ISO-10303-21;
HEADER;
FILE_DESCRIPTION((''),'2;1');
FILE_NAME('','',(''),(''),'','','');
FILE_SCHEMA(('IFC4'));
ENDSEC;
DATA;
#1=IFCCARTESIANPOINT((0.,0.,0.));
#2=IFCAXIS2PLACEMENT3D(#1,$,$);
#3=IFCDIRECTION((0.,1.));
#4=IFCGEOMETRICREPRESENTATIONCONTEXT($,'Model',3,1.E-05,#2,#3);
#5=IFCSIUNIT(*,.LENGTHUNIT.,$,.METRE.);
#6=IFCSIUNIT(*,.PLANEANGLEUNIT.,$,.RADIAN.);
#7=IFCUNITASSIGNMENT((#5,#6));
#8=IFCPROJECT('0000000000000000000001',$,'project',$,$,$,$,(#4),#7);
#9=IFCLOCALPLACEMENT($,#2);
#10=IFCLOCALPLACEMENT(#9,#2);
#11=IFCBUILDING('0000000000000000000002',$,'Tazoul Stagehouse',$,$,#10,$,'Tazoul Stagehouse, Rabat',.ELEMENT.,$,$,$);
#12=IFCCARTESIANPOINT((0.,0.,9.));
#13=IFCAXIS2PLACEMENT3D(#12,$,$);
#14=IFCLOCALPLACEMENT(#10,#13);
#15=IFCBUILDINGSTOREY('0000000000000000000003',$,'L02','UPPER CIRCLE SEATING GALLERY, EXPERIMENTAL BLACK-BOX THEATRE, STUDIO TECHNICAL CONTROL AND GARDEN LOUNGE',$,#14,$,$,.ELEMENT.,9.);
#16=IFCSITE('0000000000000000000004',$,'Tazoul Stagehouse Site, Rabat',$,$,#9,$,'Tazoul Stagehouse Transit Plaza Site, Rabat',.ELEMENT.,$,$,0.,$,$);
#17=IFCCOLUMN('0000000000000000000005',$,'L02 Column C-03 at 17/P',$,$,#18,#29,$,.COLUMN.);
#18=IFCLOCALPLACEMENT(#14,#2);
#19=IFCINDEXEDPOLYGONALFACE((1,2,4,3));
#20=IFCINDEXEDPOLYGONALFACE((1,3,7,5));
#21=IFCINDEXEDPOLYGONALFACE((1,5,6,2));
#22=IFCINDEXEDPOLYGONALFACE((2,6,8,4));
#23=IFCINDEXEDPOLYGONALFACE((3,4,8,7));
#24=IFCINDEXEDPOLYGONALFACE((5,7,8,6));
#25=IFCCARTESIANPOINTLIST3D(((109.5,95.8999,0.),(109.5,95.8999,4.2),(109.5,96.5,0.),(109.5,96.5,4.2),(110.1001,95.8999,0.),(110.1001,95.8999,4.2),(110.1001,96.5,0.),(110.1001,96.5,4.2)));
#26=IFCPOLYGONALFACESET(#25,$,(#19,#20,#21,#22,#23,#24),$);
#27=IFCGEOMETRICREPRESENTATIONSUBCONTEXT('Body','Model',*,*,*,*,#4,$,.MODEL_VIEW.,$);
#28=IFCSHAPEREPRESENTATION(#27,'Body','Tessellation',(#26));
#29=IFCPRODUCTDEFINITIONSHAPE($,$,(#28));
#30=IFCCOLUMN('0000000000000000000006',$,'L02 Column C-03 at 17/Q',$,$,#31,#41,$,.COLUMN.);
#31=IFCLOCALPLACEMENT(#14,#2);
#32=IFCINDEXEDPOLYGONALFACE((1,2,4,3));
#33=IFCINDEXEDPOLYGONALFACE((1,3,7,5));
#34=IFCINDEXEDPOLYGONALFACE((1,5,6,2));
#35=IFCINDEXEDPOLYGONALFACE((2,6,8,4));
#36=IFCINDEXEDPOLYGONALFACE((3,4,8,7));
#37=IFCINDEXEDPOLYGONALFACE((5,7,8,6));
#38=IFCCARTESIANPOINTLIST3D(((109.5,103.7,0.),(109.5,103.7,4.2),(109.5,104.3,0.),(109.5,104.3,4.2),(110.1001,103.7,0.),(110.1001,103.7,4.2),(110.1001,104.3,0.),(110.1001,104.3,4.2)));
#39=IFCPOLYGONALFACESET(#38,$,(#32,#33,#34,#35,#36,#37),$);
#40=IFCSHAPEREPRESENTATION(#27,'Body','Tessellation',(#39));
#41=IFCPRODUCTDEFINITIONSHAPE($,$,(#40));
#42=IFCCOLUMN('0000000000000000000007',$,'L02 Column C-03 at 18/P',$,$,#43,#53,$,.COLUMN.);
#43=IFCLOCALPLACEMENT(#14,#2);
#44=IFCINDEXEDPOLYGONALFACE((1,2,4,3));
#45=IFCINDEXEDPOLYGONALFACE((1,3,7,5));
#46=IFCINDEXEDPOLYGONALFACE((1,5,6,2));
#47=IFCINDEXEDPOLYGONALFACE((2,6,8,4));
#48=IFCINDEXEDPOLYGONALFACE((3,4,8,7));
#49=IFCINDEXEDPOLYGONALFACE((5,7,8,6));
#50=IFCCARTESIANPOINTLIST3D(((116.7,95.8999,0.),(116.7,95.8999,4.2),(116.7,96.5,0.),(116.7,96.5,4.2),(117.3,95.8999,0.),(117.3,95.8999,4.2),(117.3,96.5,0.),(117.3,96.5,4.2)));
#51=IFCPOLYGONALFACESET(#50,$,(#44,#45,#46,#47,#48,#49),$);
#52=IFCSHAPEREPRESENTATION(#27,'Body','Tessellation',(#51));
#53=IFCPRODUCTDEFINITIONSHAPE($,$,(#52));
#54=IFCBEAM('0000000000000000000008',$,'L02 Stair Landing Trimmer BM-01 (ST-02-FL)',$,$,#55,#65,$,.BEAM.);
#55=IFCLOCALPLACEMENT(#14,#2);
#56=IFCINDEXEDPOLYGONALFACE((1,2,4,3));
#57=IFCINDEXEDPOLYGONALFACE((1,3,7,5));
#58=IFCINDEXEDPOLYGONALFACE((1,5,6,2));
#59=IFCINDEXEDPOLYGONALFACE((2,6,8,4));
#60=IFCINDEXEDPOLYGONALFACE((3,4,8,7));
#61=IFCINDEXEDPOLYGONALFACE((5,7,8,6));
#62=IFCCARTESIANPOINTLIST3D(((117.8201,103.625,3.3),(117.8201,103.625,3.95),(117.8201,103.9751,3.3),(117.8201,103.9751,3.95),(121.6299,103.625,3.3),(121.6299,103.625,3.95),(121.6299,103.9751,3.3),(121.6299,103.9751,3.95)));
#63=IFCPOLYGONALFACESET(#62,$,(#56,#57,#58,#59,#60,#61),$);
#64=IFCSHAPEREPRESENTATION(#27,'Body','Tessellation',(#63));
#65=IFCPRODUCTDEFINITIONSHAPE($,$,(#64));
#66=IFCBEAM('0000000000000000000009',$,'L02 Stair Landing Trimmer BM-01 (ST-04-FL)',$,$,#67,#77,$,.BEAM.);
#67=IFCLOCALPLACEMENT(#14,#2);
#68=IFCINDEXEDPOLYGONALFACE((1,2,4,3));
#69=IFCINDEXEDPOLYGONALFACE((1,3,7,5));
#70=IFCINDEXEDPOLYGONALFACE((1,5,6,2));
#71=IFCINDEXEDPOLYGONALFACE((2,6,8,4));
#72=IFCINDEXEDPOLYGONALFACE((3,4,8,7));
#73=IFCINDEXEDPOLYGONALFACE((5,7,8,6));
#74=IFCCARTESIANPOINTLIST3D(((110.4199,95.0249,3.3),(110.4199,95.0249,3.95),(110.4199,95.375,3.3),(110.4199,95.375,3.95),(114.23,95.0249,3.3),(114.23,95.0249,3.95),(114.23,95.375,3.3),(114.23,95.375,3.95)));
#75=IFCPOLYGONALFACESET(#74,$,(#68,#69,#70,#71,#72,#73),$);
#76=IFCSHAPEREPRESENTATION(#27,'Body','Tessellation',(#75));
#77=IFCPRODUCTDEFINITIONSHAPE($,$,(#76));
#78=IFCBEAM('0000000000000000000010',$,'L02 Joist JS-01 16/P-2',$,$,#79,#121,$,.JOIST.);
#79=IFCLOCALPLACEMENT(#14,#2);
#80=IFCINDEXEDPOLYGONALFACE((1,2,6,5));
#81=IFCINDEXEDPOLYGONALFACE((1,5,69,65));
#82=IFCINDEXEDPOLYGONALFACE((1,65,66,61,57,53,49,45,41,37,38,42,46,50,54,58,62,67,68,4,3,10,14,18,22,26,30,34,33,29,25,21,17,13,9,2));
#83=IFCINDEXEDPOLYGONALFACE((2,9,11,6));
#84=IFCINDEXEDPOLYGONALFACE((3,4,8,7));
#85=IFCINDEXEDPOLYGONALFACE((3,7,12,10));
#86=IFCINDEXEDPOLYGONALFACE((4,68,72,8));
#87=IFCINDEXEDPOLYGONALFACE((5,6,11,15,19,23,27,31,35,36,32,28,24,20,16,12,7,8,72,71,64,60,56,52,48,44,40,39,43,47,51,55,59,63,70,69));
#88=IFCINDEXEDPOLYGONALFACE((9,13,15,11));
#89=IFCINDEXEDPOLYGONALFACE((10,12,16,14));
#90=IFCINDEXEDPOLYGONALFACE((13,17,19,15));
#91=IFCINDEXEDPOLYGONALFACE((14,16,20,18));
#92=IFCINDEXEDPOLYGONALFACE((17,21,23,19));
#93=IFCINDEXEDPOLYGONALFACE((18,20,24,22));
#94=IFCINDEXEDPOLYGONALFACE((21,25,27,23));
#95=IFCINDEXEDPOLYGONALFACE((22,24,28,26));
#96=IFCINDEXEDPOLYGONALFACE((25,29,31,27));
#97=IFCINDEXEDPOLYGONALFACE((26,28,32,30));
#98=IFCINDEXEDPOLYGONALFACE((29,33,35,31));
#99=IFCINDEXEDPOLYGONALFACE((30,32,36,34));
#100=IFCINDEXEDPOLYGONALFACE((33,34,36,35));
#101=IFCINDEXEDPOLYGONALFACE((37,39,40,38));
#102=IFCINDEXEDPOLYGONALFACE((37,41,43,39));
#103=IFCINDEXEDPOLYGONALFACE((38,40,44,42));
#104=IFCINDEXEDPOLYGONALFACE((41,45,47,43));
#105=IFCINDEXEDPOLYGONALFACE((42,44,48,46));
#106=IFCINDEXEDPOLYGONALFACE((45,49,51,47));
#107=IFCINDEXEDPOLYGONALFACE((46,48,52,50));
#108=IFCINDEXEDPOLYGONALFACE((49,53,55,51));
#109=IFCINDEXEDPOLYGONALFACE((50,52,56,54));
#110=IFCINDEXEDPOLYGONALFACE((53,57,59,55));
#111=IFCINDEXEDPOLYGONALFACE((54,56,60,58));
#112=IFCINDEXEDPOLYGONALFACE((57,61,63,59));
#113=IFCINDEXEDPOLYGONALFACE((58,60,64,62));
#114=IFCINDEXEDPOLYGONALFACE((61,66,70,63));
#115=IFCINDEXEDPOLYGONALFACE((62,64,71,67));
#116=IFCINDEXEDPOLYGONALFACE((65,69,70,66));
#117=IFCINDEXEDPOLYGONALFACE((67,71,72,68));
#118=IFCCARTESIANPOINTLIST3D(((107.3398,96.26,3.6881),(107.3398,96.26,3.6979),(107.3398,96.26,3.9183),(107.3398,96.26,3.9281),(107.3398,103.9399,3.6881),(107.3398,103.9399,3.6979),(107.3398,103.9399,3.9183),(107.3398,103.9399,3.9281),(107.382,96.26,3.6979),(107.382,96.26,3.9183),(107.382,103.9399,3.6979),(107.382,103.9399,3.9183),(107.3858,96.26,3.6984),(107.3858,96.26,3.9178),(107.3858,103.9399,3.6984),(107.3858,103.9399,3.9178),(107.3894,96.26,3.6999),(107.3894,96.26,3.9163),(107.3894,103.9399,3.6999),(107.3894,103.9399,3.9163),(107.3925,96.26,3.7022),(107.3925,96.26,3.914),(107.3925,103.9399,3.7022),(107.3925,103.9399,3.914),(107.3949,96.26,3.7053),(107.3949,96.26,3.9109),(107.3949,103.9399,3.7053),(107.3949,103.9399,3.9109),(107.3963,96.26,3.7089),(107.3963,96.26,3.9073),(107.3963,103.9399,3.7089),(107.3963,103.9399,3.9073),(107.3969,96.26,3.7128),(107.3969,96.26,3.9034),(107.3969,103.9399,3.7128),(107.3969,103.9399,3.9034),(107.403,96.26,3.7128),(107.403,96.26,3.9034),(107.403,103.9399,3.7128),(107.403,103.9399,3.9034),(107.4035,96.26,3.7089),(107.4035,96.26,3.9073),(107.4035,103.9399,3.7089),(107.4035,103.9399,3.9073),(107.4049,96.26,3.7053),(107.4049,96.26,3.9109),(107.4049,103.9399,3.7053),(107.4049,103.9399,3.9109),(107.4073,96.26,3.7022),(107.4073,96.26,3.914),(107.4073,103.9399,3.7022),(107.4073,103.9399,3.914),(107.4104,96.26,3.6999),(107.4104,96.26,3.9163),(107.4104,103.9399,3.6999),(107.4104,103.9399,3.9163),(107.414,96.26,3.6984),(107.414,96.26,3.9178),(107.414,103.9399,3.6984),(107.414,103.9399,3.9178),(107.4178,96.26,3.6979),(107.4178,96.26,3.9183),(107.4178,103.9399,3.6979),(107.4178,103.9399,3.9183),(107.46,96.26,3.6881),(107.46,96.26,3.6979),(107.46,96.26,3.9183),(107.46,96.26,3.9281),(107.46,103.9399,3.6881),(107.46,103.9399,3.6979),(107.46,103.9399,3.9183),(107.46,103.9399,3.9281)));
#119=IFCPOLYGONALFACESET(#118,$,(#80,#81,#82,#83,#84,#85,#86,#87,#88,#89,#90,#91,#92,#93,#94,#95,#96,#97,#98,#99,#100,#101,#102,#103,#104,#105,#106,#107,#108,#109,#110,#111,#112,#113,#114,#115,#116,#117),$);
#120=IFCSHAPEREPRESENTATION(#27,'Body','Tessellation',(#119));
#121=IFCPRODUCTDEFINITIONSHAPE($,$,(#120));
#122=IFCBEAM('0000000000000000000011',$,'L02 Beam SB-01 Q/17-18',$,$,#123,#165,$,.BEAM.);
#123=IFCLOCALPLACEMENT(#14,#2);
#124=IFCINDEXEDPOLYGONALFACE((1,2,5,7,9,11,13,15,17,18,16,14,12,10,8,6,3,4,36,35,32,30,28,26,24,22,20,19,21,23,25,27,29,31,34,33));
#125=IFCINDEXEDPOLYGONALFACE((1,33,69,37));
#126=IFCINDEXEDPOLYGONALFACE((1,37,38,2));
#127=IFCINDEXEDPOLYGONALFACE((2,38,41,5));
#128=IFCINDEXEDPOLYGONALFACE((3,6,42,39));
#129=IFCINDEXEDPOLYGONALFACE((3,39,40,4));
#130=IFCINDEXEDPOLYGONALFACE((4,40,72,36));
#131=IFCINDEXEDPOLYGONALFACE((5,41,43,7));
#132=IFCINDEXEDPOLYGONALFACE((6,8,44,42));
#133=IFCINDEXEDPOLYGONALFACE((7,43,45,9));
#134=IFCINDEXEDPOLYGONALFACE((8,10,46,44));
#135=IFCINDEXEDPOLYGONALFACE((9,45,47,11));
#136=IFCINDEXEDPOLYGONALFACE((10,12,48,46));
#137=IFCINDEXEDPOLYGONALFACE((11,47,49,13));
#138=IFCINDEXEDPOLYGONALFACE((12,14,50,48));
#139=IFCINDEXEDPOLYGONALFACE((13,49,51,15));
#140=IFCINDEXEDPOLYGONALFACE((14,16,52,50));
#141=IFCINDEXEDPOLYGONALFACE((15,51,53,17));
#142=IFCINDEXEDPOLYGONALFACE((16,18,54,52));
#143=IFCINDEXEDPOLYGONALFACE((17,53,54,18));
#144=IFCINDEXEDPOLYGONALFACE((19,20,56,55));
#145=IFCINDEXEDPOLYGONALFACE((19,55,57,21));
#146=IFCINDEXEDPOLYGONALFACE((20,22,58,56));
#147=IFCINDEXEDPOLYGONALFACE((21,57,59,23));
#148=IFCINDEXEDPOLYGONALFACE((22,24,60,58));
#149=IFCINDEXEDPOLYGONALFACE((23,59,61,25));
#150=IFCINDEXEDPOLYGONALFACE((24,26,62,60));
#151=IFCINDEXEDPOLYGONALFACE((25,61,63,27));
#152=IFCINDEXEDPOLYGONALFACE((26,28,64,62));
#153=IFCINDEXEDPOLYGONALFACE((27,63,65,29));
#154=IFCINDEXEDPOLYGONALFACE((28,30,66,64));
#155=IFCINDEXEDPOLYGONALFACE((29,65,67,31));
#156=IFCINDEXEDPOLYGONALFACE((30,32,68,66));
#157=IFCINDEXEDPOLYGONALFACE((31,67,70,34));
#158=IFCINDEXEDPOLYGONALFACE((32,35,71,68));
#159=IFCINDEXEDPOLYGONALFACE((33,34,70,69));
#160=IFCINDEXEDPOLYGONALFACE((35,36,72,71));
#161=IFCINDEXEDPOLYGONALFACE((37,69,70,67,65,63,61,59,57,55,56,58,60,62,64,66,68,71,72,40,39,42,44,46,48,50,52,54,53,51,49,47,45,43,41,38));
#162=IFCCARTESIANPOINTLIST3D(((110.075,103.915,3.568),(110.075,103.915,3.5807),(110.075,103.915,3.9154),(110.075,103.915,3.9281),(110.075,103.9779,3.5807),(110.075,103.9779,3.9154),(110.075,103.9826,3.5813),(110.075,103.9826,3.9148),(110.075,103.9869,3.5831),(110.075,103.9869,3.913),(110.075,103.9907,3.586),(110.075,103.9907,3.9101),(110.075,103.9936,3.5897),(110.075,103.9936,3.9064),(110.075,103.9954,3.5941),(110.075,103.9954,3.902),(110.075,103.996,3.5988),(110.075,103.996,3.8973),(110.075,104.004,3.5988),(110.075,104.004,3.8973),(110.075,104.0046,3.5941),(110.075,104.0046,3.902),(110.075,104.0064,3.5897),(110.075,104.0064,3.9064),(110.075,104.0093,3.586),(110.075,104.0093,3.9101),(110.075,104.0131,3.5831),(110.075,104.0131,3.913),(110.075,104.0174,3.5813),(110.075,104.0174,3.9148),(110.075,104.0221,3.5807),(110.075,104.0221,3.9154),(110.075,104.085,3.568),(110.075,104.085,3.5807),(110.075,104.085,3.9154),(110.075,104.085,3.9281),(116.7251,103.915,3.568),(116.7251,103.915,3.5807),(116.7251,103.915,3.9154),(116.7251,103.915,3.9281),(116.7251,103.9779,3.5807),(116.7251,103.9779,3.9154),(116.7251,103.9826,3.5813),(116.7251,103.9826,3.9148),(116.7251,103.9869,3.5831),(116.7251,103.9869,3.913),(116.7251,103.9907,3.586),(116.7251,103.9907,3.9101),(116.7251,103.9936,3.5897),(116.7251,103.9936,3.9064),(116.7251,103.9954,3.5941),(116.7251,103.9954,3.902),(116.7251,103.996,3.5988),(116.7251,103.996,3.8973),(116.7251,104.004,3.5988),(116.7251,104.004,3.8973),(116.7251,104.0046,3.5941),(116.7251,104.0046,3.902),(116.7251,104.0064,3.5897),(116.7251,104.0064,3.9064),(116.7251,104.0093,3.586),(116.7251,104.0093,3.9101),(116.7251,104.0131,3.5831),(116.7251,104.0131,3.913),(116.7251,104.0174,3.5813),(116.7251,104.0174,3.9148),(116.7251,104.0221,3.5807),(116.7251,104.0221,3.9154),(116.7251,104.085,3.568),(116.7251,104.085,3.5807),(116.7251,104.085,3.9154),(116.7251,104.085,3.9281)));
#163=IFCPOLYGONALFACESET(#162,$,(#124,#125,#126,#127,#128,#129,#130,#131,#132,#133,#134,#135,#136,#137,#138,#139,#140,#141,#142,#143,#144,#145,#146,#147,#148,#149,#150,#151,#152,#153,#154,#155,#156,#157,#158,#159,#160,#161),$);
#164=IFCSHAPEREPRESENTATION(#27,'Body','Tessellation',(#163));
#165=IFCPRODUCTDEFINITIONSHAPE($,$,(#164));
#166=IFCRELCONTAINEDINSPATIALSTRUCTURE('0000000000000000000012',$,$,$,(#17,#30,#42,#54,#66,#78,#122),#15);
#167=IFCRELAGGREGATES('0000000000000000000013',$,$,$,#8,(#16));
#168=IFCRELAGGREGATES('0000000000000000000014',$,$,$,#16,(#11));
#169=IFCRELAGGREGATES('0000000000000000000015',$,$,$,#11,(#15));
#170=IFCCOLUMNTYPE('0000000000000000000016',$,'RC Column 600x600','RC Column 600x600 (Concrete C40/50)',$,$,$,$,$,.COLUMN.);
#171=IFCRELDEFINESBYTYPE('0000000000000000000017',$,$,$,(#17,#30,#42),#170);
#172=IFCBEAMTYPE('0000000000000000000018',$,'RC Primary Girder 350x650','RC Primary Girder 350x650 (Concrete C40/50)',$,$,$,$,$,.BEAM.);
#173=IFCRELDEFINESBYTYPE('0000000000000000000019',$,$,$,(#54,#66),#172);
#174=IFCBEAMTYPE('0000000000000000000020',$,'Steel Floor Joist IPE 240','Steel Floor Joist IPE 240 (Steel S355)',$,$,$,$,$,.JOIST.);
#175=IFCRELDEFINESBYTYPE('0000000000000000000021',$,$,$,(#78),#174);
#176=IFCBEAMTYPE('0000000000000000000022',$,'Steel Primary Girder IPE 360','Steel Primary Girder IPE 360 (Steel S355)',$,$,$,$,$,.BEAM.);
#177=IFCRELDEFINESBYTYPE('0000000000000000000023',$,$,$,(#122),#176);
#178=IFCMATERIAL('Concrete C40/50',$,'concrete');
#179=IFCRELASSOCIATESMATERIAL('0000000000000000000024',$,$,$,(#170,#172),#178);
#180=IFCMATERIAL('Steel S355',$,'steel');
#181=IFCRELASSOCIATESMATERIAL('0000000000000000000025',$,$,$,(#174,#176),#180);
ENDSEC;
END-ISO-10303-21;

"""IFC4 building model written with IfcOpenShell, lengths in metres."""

from ifc_helpers import new_model, si_unit, direction, frame, origin, origin_2d, place, context, subcontext, project, spatial, rectangle, i_section, extrude, material, material_profile, profile_set, type_object, element, save


model = new_model("IFC4")

# Units and contexts
model_context = context("Model", 3, precision=1e-05, world=origin(), true_north=direction((0.0, 1.0)))
body_context = subcontext(model_context, "Body", "Model", "MODEL_VIEW")
ifc_project = project(units=[si_unit("LENGTHUNIT", "METRE"), si_unit("PLANEANGLEUNIT", "RADIAN")], contexts=[model_context])

# Site, building, storey
site_placement = place(None, origin())
site = spatial("IfcSite", under=ifc_project, at=site_placement, Name="Tazoul Stagehouse Site, Rabat", LongName="Tazoul Stagehouse Transit Plaza Site, Rabat", CompositionType="ELEMENT", RefElevation=0.0)
building_placement = place(site_placement, origin())
building = spatial("IfcBuilding", under=site, at=building_placement, Name="Tazoul Stagehouse", LongName="Tazoul Stagehouse, Rabat", CompositionType="ELEMENT")
storey_placement = place(building_placement, frame((0.0, 0.0, 9.0)))
storey = spatial("IfcBuildingStorey", under=building, at=storey_placement, Name="L02", Description="UPPER CIRCLE SEATING GALLERY, EXPERIMENTAL BLACK-BOX THEATRE, STUDIO TECHNICAL CONTROL AND GARDEN LOUNGE", CompositionType="ELEMENT", Elevation=9.0)

# Columns
ifc_material_1 = material(Name="Concrete C40/50", Category="concrete")
ifc_material_profile_1 = material_profile(ifc_material_1, rectangle(XDim=0.6001, YDim=0.6001, at=origin_2d()), Name="RC 600x600")
ifc_profile_set_1 = profile_set([ifc_material_profile_1], Name="Concrete C40/50")
column_type = type_object("IfcColumnType", Name="RC Column 600x600", Description="RC Column 600x600 (Concrete C40/50)", PredefinedType="COLUMN", material=ifc_profile_set_1)
for number, where, z_axis, x_axis, name in (
    (1, (109.8, 96.2, 0.0), (0.0, 0.0, 1.0), (1.0, 0.0, 0.0), "L02 Column C-03 at 17/P"),
    (2, (109.8, 104.0, 0.0), (0.0, 0.0, 1.0), (1.0, 0.0, 0.0), "L02 Column C-03 at 17/Q"),
    (3, (117.0, 96.2, 0.0), (0.0, 0.0, 1.0), (1.0, 0.0, 0.0), "L02 Column C-03 at 18/P"),
):
    element("IfcColumn", number, at=place(storey_placement, frame(where, z_axis=z_axis, x_axis=x_axis)), inside=storey, type_object=column_type, Name=name, PredefinedType="COLUMN", context=body_context, shape_type="SweptSolid", body=[
        extrude(rectangle(XDim=0.6001, YDim=0.6001, at=origin_2d()), origin(), (0.0, 0.0, 1.0), 4.2),
    ])

# Beams
ifc_material_profile_2 = material_profile(ifc_material_1, rectangle(XDim=0.3501, YDim=0.6499, at=origin_2d()), Name="RC 350x650")
ifc_profile_set_2 = profile_set([ifc_material_profile_2], Name="Concrete C40/50")
beam_type_1 = type_object("IfcBeamType", Name="RC Primary Girder 350x650", Description="RC Primary Girder 350x650 (Concrete C40/50)", PredefinedType="BEAM", material=ifc_profile_set_2)
beam_1_placement = place(storey_placement, frame((117.8201, 103.8, 3.625), z_axis=(1.0, 0.0, 0.0), x_axis=(0.0, 1.0, 0.0)))
element("IfcBeam", 4, at=beam_1_placement, inside=storey, type_object=beam_type_1, Name="L02 Stair Landing Trimmer BM-01 (ST-02-FL)", PredefinedType="BEAM", context=body_context, shape_type="SweptSolid", body=[
    extrude(rectangle(XDim=0.3501, YDim=0.6499, at=origin_2d()), origin(), (0.0, 0.0, 1.0), 3.8098),
])
beam_2_placement = place(storey_placement, frame((110.4199, 95.2, 3.625), z_axis=(1.0, 0.0, 0.0), x_axis=(0.0, 1.0, 0.0)))
element("IfcBeam", 5, at=beam_2_placement, inside=storey, type_object=beam_type_1, Name="L02 Stair Landing Trimmer BM-01 (ST-04-FL)", PredefinedType="BEAM", context=body_context, shape_type="SweptSolid", body=[
    extrude(rectangle(XDim=0.3501, YDim=0.6499, at=origin_2d()), origin(), (0.0, 0.0, 1.0), 3.8101),
])
ifc_material_2 = material(Name="Steel S355", Category="steel")
ifc_material_profile_3 = material_profile(ifc_material_2, i_section(OverallWidth=0.1201, OverallDepth=0.24, WebThickness=0.0061, FlangeThickness=0.0098, FilletRadius=0.0149, at=origin_2d()), Name="IPE 240")
ifc_profile_set_3 = profile_set([ifc_material_profile_3], Name="Steel S355")
beam_type_2 = type_object("IfcBeamType", Name="Steel Floor Joist IPE 240", Description="Steel Floor Joist IPE 240 (Steel S355)", PredefinedType="JOIST", material=ifc_profile_set_3)
beam_3_placement = place(storey_placement, frame((107.3999, 96.26, 3.8081), z_axis=(0.0, 1.0, 0.0), x_axis=(-1.0, 0.0, 0.0)))
element("IfcBeam", 6, at=beam_3_placement, inside=storey, type_object=beam_type_2, Name="L02 Joist JS-01 16/P-2", PredefinedType="JOIST", context=body_context, shape_type="SweptSolid", body=[
    extrude(i_section(OverallWidth=0.1201, OverallDepth=0.24, WebThickness=0.0061, FlangeThickness=0.0098, FilletRadius=0.0149, at=origin_2d()), origin(), (0.0, 0.0, 1.0), 7.6799),
])
ifc_material_profile_4 = material_profile(ifc_material_2, i_section(OverallWidth=0.1699, OverallDepth=0.3601, WebThickness=0.0081, FlangeThickness=0.0127, FilletRadius=0.0181, at=origin_2d()), Name="IPE 360")
ifc_profile_set_4 = profile_set([ifc_material_profile_4], Name="Steel S355")
beam_type_3 = type_object("IfcBeamType", Name="Steel Primary Girder IPE 360", Description="Steel Primary Girder IPE 360 (Steel S355)", PredefinedType="BEAM", material=ifc_profile_set_4)
beam_4_placement = place(storey_placement, frame((110.075, 104.0, 3.748), z_axis=(1.0, 0.0, 0.0), x_axis=(0.0, 1.0, 0.0)))
element("IfcBeam", 7, at=beam_4_placement, inside=storey, type_object=beam_type_3, Name="L02 Beam SB-01 Q/17-18", PredefinedType="BEAM", context=body_context, shape_type="SweptSolid", body=[
    extrude(i_section(OverallWidth=0.1699, OverallDepth=0.3601, WebThickness=0.0081, FlangeThickness=0.0127, FilletRadius=0.0181, at=origin_2d()), origin(), (0.0, 0.0, 1.0), 6.6501),
])

save(model, "model.ifc")
